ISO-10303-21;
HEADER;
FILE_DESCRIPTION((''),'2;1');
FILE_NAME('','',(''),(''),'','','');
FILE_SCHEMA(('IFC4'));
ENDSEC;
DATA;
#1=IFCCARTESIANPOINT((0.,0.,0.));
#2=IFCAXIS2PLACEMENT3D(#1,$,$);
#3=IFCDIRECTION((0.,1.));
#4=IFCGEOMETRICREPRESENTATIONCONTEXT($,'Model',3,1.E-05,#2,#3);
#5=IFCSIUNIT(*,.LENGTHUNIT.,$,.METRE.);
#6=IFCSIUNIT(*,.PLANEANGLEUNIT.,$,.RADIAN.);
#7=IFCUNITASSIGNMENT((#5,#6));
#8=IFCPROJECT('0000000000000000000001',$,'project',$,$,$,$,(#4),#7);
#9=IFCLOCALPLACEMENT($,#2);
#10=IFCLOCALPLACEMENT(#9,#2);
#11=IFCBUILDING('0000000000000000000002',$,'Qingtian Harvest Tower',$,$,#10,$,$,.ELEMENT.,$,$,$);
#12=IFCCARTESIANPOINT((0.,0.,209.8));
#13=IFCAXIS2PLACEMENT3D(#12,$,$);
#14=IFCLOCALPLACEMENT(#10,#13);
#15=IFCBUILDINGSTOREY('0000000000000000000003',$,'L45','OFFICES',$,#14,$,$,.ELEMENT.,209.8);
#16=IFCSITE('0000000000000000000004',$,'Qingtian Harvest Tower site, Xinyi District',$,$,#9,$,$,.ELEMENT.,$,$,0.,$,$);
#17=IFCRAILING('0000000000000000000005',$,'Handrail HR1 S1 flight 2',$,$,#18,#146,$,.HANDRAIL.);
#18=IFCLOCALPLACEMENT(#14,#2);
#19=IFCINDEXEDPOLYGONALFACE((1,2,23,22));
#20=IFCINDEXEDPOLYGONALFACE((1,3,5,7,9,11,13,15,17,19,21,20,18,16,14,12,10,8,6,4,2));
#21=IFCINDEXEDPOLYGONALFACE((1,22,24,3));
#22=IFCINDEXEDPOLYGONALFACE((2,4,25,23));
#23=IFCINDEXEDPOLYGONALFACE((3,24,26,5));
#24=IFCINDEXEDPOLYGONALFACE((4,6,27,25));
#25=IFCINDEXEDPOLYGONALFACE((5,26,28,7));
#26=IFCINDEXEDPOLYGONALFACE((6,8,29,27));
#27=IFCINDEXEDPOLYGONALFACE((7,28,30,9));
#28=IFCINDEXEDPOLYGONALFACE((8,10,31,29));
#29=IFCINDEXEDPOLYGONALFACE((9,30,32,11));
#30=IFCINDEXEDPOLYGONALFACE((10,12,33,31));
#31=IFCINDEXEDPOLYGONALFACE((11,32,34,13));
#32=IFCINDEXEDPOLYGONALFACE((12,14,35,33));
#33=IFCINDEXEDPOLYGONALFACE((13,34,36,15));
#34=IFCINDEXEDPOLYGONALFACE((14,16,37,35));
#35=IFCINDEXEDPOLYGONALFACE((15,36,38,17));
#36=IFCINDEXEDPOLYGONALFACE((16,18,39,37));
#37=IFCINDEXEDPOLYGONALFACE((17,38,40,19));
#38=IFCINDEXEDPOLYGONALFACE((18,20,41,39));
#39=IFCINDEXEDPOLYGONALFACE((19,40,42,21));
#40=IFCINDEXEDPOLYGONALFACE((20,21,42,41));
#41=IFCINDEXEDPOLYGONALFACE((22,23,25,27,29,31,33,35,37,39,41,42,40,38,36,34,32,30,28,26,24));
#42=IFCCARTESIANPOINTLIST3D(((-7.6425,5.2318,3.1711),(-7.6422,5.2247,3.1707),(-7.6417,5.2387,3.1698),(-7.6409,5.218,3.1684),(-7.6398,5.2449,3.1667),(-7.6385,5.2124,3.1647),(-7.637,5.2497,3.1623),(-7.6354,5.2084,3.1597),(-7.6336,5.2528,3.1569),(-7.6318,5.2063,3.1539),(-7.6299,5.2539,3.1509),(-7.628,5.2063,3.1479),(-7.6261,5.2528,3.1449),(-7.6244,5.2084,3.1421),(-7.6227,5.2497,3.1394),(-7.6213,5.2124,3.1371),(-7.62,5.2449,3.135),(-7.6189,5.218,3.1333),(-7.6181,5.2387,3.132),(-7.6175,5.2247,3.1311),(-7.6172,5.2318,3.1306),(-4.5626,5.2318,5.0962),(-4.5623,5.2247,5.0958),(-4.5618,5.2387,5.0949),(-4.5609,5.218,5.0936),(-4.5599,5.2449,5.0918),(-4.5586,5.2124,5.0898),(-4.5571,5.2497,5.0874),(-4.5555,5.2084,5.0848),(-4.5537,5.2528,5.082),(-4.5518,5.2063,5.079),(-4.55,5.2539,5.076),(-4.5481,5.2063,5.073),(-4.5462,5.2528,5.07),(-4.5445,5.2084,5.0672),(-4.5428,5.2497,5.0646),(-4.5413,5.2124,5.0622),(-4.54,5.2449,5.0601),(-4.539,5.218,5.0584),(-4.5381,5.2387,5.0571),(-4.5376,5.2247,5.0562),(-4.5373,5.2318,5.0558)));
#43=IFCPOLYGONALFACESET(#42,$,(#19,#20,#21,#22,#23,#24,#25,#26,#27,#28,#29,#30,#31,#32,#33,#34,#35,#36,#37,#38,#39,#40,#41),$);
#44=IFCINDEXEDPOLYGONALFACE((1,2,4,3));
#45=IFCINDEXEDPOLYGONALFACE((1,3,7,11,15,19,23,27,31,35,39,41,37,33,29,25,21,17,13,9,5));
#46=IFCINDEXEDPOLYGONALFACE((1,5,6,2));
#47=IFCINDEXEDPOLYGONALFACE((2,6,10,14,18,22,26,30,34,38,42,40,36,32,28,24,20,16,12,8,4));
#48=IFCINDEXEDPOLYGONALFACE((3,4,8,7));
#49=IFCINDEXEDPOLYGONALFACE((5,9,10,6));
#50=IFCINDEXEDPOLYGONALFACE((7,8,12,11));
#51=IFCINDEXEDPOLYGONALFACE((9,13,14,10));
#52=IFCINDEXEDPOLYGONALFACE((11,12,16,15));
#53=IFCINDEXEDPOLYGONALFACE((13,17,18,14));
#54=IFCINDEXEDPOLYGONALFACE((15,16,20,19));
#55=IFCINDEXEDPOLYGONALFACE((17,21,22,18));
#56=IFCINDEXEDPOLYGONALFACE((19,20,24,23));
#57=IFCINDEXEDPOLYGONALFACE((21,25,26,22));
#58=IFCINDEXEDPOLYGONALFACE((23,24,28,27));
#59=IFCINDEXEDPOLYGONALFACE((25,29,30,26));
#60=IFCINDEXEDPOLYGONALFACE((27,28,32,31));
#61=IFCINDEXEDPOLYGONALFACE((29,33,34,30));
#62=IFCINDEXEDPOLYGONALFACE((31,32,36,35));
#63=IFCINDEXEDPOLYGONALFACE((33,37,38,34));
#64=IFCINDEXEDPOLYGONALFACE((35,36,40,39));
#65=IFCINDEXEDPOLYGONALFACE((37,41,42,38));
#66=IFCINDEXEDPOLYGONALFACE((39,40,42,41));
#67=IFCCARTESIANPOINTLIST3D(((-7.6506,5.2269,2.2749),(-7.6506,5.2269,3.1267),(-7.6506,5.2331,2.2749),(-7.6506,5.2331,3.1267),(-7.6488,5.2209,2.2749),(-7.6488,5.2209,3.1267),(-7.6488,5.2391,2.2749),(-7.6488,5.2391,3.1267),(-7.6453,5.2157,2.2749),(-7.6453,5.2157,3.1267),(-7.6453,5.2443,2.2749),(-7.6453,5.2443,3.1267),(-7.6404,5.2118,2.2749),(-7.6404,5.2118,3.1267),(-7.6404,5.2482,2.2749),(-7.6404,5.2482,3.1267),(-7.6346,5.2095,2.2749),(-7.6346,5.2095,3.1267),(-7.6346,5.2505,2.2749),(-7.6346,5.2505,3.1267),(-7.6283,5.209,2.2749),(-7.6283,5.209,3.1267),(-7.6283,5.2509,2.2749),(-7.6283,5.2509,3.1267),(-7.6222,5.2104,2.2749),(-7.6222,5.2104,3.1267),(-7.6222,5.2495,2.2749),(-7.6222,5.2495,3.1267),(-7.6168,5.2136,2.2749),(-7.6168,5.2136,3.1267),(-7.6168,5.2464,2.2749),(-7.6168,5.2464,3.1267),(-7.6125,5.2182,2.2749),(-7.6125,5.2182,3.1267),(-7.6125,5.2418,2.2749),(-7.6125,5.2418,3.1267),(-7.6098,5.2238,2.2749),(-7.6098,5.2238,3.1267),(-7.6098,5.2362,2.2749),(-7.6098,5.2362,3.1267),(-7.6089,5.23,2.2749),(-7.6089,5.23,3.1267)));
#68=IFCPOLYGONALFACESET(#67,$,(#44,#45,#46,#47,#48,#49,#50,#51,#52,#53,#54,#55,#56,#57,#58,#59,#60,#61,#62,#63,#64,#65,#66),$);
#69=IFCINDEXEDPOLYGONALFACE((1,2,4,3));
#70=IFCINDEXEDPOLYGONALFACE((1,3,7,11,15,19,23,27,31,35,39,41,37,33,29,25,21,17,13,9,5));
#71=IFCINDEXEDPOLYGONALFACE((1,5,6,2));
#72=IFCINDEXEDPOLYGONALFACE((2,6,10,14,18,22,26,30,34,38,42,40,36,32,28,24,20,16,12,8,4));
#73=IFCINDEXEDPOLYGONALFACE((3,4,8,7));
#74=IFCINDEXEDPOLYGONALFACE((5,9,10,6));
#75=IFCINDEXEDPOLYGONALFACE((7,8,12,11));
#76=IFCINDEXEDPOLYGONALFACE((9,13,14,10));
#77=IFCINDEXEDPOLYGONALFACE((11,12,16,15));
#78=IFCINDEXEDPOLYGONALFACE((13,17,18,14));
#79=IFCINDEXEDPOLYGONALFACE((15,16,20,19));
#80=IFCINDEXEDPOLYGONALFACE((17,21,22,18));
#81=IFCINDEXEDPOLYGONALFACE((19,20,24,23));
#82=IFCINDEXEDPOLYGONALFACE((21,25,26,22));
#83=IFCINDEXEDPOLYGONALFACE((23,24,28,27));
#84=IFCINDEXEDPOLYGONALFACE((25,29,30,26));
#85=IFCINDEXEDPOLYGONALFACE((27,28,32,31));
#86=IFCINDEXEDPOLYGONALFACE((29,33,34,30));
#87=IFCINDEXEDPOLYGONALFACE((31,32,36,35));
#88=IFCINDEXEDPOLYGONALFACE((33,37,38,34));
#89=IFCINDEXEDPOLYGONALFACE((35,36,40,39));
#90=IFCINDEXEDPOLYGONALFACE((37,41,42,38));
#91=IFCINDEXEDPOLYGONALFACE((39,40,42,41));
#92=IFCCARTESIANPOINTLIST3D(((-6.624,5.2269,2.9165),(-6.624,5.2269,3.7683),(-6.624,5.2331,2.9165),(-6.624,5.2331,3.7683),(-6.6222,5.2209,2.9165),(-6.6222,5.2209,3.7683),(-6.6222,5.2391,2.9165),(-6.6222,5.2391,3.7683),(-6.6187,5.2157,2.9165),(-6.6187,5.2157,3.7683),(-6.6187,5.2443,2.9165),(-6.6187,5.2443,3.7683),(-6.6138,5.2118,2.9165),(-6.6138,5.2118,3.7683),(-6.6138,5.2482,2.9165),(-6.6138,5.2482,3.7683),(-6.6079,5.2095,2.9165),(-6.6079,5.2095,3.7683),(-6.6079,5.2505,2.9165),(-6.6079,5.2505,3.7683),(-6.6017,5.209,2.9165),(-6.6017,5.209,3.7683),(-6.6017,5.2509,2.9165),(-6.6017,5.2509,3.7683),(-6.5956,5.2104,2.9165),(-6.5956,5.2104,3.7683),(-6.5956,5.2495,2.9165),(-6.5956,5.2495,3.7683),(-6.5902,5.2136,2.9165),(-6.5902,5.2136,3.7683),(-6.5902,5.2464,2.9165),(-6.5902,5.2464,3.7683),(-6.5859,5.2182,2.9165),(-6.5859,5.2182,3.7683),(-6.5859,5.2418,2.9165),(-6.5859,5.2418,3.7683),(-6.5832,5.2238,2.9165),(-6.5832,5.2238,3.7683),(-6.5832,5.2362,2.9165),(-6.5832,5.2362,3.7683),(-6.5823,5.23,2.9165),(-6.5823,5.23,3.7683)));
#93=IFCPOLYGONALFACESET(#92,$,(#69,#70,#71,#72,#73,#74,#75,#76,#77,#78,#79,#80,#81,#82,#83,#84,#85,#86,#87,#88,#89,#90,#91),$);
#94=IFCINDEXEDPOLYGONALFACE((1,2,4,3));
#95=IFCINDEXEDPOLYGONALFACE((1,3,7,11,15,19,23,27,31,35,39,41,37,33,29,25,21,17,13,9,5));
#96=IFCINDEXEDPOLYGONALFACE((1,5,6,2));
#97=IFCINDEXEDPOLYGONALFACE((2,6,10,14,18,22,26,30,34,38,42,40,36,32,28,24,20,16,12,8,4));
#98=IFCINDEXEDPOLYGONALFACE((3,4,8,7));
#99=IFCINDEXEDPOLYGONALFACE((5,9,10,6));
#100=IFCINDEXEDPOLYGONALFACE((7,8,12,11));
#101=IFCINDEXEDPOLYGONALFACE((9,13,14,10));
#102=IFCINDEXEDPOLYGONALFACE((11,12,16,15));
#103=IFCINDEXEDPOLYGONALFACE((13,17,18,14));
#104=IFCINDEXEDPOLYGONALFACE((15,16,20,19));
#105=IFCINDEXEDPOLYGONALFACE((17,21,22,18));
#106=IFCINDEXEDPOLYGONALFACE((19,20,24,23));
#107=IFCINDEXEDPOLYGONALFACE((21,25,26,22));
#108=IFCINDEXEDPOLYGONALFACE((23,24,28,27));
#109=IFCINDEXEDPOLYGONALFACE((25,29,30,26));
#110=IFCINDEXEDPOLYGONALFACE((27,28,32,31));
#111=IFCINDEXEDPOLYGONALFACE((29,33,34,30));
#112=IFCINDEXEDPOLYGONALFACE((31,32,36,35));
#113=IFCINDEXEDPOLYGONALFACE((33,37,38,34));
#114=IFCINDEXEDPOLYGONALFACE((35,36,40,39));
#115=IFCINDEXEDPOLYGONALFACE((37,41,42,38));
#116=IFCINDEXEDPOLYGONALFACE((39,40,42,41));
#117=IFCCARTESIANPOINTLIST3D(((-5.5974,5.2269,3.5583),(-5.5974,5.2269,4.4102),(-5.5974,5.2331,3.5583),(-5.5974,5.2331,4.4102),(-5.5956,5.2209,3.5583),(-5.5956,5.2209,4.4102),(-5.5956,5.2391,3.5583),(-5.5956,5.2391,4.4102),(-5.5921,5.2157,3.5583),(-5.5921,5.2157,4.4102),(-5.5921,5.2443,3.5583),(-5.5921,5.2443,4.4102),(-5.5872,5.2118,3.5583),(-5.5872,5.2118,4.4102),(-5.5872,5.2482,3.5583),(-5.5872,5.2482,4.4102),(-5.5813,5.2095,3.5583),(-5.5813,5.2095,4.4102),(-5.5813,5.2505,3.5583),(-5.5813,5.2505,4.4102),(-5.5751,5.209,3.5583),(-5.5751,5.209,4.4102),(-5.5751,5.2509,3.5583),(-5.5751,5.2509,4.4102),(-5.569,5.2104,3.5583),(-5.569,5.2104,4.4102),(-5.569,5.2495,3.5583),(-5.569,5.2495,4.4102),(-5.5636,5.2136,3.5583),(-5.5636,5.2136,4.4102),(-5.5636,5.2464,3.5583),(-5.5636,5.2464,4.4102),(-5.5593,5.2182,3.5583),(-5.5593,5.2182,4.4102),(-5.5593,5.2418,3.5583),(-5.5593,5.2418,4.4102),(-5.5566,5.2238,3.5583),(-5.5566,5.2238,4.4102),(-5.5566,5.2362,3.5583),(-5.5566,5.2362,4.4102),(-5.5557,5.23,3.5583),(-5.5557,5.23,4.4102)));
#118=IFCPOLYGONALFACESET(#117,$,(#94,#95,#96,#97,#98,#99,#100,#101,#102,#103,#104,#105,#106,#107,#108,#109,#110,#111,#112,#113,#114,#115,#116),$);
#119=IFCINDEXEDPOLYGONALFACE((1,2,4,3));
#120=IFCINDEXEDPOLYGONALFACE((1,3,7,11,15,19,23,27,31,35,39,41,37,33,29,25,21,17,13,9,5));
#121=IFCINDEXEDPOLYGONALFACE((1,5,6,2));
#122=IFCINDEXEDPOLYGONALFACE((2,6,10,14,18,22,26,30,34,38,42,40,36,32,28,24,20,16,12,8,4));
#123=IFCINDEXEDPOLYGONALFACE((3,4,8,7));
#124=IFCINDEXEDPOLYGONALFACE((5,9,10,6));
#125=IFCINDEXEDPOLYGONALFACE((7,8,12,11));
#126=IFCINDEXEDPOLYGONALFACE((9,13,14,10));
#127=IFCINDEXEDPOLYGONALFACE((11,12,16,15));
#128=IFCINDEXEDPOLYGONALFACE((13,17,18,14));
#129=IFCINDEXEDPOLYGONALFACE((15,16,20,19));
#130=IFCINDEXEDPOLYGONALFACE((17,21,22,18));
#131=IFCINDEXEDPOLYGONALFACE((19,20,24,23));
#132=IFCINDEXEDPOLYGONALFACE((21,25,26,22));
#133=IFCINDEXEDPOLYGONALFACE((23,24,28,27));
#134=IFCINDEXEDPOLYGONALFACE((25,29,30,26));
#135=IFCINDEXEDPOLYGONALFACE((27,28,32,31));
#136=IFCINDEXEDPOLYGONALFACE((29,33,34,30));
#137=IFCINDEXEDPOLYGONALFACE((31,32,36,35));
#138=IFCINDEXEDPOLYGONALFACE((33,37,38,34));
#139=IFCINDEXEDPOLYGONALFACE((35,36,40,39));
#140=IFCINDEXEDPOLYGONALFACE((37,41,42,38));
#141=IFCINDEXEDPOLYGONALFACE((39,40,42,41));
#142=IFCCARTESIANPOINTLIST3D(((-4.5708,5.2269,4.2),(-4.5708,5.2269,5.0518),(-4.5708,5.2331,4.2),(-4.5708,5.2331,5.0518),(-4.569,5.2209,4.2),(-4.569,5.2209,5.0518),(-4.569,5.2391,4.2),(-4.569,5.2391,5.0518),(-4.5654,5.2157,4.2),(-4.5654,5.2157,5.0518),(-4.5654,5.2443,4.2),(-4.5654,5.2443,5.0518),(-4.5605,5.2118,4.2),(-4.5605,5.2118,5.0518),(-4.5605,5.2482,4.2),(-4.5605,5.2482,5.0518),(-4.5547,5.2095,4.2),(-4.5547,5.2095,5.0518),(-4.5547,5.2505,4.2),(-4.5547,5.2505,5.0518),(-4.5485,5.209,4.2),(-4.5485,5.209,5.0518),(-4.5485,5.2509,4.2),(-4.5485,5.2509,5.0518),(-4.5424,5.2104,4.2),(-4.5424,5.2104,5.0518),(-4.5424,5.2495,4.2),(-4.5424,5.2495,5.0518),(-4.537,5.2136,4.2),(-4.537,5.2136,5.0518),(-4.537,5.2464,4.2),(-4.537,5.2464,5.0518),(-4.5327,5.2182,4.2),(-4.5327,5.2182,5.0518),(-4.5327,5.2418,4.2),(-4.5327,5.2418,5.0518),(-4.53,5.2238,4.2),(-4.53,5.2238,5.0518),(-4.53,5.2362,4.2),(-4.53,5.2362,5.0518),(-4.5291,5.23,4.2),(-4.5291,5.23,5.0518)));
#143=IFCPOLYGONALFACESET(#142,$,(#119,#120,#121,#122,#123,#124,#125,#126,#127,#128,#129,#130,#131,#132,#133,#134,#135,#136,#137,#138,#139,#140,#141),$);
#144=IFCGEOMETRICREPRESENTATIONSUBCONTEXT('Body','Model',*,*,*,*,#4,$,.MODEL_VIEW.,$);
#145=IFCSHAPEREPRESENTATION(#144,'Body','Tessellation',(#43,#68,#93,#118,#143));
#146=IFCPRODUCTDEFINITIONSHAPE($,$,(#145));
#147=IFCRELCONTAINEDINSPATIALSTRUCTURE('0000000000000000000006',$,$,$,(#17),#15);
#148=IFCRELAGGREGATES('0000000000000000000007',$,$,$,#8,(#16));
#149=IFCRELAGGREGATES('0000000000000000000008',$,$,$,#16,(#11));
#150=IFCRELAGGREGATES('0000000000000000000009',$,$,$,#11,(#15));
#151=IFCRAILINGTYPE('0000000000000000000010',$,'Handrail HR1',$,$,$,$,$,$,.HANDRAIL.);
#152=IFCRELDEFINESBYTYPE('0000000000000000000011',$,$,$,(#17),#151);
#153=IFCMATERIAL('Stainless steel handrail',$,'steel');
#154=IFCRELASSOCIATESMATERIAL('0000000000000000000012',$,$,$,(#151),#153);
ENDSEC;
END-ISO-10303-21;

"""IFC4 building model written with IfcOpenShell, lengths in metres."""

from ifc_helpers import new_model, si_unit, direction, frame, origin, origin_2d, place, context, subcontext, project, spatial, circle, extrude, material, type_object, element, save


model = new_model("IFC4")

# Units and contexts
model_context = context("Model", 3, precision=1e-05, world=origin(), true_north=direction((0.0, 1.0)))
body_context = subcontext(model_context, "Body", "Model", "MODEL_VIEW")
ifc_project = project(units=[si_unit("LENGTHUNIT", "METRE"), si_unit("PLANEANGLEUNIT", "RADIAN")], contexts=[model_context])

# Site, building, storey
site_placement = place(None, origin())
site = spatial("IfcSite", under=ifc_project, at=site_placement, Name="Qingtian Harvest Tower site, Xinyi District", CompositionType="ELEMENT", RefElevation=0.0)
building_placement = place(site_placement, origin())
building = spatial("IfcBuilding", under=site, at=building_placement, Name="Qingtian Harvest Tower", CompositionType="ELEMENT")
storey_placement = place(building_placement, frame((0.0, 0.0, 209.8)))
storey = spatial("IfcBuildingStorey", under=building, at=storey_placement, Name="L45", Description="OFFICES", CompositionType="ELEMENT", Elevation=209.8)

# Railing
ifc_material_1 = material(Name="Stainless steel handrail", Category="steel")
railing_type = type_object("IfcRailingType", Name="Handrail HR1", PredefinedType="HANDRAIL", material=ifc_material_1)
railing_1_placement = place(storey_placement, frame((-7.6299, 5.23, 2.2749)))
element("IfcRailing", 1, at=railing_1_placement, inside=storey, type_object=railing_type, Name="Handrail HR1 S1 flight 2", PredefinedType="HANDRAIL", context=body_context, shape_type="SweptSolid", body=[
    extrude(circle(Radius=0.0239, at=origin_2d()), frame((0.0, 0.0, 0.876), z_axis=(0.847979, 0.0, 0.530029), x_axis=(0.0, 1.0, 0.0)), (0.0, 0.0, 1.0), 3.6321),
    extrude(circle(Radius=0.021, at=origin_2d()), origin(), (0.0, 0.0, 1.0), 0.8518),
    extrude(circle(Radius=0.021, at=origin_2d()), frame((1.0266, 0.0, 0.6416)), (0.0, 0.0, 1.0), 0.8518),
    extrude(circle(Radius=0.021, at=origin_2d()), frame((2.0532, 0.0, 1.2834)), (0.0, 0.0, 1.0), 0.8518),
    extrude(circle(Radius=0.021, at=origin_2d()), frame((3.0798, 0.0, 1.925)), (0.0, 0.0, 1.0), 0.8518),
])

save(model, "model.ifc")
